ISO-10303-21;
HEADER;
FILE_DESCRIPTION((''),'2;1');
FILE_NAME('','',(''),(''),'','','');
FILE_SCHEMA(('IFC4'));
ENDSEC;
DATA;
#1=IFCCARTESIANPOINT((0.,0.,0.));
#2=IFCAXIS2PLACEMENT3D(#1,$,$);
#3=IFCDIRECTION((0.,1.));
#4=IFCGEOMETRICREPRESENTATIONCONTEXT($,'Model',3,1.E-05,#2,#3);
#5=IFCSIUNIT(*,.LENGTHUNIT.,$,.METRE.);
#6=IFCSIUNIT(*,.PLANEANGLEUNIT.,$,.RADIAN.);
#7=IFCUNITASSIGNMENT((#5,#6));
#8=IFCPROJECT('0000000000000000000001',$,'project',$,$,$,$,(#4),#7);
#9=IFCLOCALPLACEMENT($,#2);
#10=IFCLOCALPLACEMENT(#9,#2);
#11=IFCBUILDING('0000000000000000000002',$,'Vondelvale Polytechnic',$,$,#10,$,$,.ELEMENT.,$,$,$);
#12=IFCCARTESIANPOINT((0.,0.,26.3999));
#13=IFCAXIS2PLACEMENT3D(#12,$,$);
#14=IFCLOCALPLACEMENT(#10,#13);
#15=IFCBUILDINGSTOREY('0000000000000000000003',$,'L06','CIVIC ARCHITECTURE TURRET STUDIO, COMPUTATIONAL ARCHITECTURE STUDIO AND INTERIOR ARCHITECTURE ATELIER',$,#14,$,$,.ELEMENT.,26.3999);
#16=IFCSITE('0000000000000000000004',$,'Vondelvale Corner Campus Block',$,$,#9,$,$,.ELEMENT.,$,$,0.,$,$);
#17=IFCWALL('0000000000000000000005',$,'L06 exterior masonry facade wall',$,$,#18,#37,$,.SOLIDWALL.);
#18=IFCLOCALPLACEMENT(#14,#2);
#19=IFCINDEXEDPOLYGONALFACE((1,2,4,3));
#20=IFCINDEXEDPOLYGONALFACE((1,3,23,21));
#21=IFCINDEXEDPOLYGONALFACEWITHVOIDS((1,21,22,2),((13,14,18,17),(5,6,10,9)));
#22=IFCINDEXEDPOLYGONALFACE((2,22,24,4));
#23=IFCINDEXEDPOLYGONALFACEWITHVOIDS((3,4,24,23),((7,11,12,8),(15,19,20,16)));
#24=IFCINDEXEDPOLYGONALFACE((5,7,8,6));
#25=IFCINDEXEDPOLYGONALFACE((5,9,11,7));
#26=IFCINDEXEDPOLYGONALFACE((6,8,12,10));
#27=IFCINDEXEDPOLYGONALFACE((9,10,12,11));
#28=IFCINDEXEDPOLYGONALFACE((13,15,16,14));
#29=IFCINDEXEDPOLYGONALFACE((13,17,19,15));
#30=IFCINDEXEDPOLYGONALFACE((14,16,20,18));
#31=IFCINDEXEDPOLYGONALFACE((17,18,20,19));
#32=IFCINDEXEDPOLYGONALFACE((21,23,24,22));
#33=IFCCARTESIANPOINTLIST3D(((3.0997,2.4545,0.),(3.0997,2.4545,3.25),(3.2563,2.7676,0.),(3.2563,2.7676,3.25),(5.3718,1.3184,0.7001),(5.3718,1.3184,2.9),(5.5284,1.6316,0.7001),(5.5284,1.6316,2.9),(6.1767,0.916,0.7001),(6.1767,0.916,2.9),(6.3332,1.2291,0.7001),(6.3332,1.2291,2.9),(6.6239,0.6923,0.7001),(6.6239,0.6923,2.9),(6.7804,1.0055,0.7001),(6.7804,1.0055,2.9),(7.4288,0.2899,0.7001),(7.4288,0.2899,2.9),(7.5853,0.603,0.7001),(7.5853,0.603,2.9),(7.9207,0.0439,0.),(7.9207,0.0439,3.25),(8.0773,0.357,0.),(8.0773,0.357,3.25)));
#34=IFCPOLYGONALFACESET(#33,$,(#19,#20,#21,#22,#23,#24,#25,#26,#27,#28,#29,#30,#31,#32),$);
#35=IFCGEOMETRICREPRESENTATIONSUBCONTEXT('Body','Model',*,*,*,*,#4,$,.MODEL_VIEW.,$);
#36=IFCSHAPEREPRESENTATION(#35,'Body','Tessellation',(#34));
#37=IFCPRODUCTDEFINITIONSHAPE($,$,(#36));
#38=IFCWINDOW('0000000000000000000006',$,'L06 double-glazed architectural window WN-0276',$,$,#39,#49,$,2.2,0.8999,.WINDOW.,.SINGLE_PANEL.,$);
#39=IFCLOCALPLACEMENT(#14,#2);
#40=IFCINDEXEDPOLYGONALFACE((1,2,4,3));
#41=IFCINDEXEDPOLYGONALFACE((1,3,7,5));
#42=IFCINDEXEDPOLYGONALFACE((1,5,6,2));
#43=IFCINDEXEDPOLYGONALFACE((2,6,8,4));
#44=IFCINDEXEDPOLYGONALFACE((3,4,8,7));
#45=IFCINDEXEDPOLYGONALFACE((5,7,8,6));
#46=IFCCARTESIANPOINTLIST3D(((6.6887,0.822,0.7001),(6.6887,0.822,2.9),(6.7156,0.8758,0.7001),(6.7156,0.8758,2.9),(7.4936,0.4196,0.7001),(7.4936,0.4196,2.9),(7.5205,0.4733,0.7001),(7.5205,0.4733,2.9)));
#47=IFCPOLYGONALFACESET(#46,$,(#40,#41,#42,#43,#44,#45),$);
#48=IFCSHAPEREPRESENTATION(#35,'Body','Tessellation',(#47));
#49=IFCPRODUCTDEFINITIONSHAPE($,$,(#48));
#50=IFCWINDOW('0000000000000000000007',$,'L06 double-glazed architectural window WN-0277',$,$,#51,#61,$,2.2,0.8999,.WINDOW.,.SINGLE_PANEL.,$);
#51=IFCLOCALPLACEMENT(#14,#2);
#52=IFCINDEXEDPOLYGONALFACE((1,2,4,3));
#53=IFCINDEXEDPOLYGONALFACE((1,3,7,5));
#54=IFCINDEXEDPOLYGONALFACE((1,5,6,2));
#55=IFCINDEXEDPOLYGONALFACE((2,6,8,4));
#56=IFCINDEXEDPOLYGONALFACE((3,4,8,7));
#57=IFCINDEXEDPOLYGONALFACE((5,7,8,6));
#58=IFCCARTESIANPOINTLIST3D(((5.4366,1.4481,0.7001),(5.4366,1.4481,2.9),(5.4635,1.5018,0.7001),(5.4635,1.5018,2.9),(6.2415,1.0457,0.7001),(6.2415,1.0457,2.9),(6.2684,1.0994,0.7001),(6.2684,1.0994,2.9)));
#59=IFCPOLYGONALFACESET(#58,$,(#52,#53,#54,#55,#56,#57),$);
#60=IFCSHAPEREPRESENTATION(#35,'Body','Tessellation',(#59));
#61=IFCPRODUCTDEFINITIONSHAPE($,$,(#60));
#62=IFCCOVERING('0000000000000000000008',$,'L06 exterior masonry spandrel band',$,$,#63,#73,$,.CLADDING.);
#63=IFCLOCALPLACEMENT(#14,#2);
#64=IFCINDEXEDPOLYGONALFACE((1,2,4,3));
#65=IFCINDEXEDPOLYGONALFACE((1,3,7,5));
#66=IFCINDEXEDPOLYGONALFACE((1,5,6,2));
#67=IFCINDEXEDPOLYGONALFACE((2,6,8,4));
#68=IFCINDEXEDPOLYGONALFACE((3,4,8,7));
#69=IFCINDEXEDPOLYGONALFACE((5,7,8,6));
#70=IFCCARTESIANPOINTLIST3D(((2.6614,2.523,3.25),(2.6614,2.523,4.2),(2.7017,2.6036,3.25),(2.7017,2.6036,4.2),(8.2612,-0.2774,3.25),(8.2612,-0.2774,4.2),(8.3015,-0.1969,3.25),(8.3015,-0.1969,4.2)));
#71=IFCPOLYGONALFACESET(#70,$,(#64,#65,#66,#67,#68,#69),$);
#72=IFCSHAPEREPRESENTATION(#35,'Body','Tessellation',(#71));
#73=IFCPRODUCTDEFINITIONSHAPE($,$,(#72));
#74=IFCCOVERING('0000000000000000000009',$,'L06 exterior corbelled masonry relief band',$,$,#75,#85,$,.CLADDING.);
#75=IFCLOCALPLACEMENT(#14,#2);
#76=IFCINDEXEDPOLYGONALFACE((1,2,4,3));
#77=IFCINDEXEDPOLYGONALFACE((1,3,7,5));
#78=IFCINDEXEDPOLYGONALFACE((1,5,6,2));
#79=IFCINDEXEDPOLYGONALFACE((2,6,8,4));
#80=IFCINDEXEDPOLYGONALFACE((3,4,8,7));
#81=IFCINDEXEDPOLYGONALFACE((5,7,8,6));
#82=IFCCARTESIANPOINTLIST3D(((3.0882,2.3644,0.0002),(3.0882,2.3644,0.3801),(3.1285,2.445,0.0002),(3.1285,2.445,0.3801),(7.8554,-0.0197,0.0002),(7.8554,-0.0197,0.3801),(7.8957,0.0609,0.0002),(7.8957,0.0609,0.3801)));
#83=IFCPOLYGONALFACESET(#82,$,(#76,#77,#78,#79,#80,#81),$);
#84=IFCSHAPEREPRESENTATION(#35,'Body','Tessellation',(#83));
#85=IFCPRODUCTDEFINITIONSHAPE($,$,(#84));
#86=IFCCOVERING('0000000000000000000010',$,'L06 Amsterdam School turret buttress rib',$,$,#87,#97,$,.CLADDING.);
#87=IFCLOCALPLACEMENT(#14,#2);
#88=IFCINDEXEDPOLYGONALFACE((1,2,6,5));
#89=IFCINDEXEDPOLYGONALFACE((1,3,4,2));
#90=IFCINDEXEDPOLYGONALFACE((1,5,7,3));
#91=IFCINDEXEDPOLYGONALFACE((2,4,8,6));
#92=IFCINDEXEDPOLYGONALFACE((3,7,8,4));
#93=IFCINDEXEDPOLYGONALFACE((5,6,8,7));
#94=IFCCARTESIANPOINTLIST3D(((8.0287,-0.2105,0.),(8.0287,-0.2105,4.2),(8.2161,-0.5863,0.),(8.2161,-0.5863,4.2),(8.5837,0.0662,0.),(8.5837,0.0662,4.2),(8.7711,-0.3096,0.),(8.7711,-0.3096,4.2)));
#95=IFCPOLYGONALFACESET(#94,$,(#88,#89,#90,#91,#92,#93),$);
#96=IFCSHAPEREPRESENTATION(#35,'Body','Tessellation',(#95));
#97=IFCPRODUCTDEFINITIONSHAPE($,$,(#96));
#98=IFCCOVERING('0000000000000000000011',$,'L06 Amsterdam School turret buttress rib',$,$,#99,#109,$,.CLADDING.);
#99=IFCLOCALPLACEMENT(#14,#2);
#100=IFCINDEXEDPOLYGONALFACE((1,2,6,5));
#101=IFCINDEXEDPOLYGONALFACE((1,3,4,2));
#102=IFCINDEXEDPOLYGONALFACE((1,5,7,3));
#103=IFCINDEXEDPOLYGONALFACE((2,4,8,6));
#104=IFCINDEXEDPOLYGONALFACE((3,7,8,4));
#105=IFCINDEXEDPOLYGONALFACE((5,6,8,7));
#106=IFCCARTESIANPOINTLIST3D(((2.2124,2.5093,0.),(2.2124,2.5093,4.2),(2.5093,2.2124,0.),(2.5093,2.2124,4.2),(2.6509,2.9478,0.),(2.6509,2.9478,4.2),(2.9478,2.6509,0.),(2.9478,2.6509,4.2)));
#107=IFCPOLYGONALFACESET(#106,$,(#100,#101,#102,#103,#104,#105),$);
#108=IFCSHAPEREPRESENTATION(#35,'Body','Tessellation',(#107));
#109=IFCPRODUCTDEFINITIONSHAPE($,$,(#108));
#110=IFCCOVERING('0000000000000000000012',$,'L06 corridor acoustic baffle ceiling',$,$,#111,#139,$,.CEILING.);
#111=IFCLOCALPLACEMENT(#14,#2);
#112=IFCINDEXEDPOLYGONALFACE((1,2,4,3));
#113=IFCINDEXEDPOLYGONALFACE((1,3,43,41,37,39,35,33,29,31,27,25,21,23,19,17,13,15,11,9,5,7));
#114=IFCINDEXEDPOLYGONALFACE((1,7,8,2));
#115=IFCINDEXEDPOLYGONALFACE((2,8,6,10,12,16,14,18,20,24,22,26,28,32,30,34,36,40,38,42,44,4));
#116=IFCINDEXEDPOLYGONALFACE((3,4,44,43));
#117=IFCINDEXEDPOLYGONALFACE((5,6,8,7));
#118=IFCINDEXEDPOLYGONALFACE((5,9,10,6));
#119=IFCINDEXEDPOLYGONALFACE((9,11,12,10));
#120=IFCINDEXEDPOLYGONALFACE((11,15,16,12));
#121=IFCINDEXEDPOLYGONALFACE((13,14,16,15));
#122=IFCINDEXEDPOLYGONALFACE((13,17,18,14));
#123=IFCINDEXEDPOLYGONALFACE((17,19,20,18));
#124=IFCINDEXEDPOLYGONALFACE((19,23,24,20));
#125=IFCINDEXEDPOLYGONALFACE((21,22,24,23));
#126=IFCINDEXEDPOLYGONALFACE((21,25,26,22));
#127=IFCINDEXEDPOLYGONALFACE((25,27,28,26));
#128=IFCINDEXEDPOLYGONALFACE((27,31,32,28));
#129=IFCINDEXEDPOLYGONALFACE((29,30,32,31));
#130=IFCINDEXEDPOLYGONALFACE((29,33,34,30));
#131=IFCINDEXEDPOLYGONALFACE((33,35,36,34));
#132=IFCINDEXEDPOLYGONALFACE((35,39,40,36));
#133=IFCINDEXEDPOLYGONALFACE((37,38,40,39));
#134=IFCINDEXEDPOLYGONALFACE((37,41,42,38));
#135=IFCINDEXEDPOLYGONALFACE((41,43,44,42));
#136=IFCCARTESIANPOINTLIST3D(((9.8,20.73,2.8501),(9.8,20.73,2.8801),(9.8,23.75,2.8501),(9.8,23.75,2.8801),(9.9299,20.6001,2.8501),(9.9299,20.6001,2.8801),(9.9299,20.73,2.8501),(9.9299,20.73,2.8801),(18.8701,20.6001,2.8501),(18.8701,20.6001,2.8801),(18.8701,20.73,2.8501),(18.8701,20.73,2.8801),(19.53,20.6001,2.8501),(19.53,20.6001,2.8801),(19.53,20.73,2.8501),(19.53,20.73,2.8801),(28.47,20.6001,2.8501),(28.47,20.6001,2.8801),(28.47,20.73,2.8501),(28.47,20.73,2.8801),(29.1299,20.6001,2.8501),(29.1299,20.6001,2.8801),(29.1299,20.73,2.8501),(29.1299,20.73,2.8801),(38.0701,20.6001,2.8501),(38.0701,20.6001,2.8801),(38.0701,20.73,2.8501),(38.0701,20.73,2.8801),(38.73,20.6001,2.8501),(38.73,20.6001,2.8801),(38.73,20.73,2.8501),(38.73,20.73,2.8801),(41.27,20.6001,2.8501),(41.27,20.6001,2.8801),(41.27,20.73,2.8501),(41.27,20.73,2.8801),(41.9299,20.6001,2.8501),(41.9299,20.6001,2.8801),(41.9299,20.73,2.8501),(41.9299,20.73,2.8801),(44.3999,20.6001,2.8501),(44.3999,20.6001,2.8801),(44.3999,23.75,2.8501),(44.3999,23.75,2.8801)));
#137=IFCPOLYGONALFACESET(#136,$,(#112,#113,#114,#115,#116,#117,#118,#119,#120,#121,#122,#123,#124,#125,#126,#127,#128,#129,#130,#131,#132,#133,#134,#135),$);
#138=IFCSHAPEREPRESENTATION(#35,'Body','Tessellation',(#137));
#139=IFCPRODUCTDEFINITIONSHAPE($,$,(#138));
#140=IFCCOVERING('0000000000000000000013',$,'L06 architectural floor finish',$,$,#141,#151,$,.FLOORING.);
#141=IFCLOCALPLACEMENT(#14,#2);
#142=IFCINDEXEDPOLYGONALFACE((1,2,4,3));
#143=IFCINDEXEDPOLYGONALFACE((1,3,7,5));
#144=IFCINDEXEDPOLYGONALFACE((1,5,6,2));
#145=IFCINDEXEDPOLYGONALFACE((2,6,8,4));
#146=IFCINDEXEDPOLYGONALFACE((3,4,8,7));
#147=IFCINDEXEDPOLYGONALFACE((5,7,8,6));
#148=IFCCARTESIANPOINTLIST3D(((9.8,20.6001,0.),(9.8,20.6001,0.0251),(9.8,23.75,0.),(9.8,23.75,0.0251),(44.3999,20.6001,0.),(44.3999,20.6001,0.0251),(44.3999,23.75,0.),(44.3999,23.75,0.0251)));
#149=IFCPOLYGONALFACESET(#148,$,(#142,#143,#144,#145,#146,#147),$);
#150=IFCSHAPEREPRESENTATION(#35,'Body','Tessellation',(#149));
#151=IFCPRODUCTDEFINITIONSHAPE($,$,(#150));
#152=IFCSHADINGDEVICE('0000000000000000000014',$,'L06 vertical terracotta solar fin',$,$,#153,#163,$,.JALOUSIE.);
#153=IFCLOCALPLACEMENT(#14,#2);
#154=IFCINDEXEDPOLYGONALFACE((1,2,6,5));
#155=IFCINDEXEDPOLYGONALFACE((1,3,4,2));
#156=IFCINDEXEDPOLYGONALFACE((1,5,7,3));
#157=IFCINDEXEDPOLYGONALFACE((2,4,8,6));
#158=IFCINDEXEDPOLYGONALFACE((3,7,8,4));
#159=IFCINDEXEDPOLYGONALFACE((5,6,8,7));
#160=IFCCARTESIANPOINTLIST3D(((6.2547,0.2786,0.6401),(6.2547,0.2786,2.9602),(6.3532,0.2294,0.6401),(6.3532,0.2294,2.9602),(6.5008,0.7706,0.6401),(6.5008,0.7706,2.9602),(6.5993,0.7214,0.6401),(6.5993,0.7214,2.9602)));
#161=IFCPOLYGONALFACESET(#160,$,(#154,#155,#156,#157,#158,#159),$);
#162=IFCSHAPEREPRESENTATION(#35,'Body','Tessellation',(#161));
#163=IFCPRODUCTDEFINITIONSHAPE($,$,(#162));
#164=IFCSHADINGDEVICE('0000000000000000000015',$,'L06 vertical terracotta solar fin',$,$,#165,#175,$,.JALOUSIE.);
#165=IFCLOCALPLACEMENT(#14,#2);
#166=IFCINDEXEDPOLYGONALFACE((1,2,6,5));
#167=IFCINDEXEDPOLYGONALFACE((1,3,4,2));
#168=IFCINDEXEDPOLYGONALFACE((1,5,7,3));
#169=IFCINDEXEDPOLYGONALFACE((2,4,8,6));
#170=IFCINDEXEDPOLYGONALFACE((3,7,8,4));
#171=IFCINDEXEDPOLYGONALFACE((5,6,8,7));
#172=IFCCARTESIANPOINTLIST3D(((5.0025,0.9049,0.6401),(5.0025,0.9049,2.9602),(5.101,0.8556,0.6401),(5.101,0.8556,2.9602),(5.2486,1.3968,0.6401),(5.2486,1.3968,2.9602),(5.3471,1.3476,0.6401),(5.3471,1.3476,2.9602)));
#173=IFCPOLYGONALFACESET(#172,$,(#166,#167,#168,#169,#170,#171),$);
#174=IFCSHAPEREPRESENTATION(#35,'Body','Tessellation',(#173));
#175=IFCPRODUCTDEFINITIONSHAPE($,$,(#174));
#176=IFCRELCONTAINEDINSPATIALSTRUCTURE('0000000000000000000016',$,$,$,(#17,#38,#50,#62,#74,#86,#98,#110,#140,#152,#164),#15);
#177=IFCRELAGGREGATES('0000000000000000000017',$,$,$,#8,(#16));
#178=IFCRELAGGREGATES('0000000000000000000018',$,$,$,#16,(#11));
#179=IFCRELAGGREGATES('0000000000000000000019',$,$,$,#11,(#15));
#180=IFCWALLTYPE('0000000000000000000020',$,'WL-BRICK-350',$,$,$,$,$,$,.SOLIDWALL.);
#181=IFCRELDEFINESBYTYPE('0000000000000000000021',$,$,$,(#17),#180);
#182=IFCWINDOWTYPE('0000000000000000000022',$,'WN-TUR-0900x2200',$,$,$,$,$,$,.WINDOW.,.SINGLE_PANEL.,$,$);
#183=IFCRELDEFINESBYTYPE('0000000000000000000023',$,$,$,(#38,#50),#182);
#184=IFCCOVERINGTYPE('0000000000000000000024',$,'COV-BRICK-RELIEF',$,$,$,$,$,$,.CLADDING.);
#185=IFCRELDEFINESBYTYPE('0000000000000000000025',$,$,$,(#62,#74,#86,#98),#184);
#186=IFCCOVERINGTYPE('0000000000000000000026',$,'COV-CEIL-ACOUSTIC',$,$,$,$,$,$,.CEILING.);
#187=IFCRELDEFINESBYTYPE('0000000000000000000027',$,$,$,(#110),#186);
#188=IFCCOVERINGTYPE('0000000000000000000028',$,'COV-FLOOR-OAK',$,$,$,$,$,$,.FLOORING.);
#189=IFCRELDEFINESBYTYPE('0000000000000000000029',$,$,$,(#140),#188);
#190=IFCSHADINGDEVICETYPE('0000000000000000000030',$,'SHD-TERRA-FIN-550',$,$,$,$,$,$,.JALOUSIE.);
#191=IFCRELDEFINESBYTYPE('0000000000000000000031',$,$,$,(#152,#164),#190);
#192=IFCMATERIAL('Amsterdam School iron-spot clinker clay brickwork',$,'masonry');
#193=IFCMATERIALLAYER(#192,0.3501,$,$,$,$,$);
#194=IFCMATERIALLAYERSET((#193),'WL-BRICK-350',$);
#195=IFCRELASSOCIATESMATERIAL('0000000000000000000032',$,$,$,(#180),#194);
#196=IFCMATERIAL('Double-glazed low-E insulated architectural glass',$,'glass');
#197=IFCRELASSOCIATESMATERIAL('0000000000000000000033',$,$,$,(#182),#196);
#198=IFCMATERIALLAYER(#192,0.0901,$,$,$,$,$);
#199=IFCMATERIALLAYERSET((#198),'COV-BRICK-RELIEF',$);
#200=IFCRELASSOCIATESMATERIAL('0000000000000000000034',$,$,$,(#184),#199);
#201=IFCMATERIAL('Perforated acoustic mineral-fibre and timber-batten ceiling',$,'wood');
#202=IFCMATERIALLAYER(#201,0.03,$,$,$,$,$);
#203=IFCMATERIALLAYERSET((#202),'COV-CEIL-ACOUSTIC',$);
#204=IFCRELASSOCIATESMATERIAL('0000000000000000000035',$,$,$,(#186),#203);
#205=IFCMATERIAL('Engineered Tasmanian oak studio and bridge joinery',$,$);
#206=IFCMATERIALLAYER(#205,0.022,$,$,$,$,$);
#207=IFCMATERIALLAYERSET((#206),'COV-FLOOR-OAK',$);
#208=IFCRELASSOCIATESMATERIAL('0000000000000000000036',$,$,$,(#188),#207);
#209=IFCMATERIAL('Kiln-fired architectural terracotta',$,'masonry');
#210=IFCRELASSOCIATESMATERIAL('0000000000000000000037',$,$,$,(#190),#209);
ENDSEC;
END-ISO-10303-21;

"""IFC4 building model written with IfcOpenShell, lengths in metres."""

from ifc_helpers import new_model, si_unit, direction, frame, frame_2d, origin, origin_2d, place, context, subcontext, project, spatial, polyline, rectangle, outline, extrude, material, layer, layer_set, type_object, element, fill, save


model = new_model("IFC4")

# Units and contexts
model_context = context("Model", 3, precision=1e-05, world=origin(), true_north=direction((0.0, 1.0)))
body_context = subcontext(model_context, "Body", "Model", "MODEL_VIEW")
ifc_project = project(units=[si_unit("LENGTHUNIT", "METRE"), si_unit("PLANEANGLEUNIT", "RADIAN")], contexts=[model_context])

# Site, building, storey
site_placement = place(None, origin())
site = spatial("IfcSite", under=ifc_project, at=site_placement, Name="Vondelvale Corner Campus Block", CompositionType="ELEMENT", RefElevation=0.0)
building_placement = place(site_placement, origin())
building = spatial("IfcBuilding", under=site, at=building_placement, Name="Vondelvale Polytechnic", CompositionType="ELEMENT")
storey_placement = place(building_placement, frame((0.0, 0.0, 26.3999)))
storey = spatial("IfcBuildingStorey", under=building, at=storey_placement, Name="L06", Description="CIVIC ARCHITECTURE TURRET STUDIO, COMPUTATIONAL ARCHITECTURE STUDIO AND INTERIOR ARCHITECTURE ATELIER", CompositionType="ELEMENT", Elevation=26.3999)

# Wall, openings, windows
ifc_material_1 = material(Name="Amsterdam School iron-spot clinker clay brickwork", Category="masonry")
ifc_layer_1 = layer(ifc_material_1, 0.3501)
ifc_layer_set_1 = layer_set([ifc_layer_1], Name="WL-BRICK-350")
wall_type = type_object("IfcWallType", Name="WL-BRICK-350", PredefinedType="SOLIDWALL", material=ifc_layer_set_1)
wall_placement = place(storey_placement, frame((7.999, 0.2004, 0.0), z_axis=(0.0, 0.0, 1.0), x_axis=(-0.894418, 0.447232, 0.0)))
wall = element("IfcWall", 1, at=wall_placement, inside=storey, type_object=wall_type, Name="L06 exterior masonry facade wall", PredefinedType="SOLIDWALL", context=body_context, shape_type="SweptSolid", body=[
    extrude(rectangle(XDim=5.3901, YDim=0.3501, at=frame_2d((2.6951, 0.0))), origin(), (0.0, 0.0, 1.0), 3.25),
])
opening_1_placement = place(wall_placement, frame((0.55, 0.0, 0.7)))
opening_1 = element("IfcOpeningElement", 2, at=opening_1_placement, cuts=wall, PredefinedType="OPENING", context=body_context, shape_type="SweptSolid", body=[
    extrude(rectangle(XDim=0.8999, YDim=2.2, at=frame_2d((0.45, 1.1001))), frame((0.0, 0.1851, 0.0), z_axis=(0.0, -1.0, 0.0), x_axis=(1.0, 0.0, 0.0)), (0.0, 0.0, 1.0), 0.3701),
])
opening_2_placement = place(wall_placement, frame((1.95, 0.0, 0.7)))
opening_2 = element("IfcOpeningElement", 3, at=opening_2_placement, cuts=wall, PredefinedType="OPENING", context=body_context, shape_type="SweptSolid", body=[
    extrude(rectangle(XDim=0.8999, YDim=2.2, at=frame_2d((0.45, 1.1001))), frame((0.0, 0.1851, 0.0), z_axis=(0.0, -1.0, 0.0), x_axis=(1.0, 0.0, 0.0)), (0.0, 0.0, 1.0), 0.3701),
])
ifc_material_2 = material(Name="Double-glazed low-E insulated architectural glass", Category="glass")
window_type = type_object("IfcWindowType", Name="WN-TUR-0900x2200", PartitioningType="SINGLE_PANEL", PredefinedType="WINDOW", material=ifc_material_2)
window_1_placement = place(opening_1_placement, origin())
window_1 = element("IfcWindow", 4, at=window_1_placement, inside=storey, type_object=window_type, Name="L06 double-glazed architectural window WN-0276", OverallHeight=2.2, OverallWidth=0.8999, PartitioningType="SINGLE_PANEL", PredefinedType="WINDOW", context=body_context, shape_type="SweptSolid", body=[
    extrude(rectangle(XDim=0.8999, YDim=2.2, at=frame_2d((0.45, 1.1001))), frame((0.0, 0.03, 0.0), z_axis=(0.0, -1.0, 0.0), x_axis=(1.0, 0.0, 0.0)), (0.0, 0.0, 1.0), 0.0601),
])
fill(opening_1, window_1)
window_2_placement = place(opening_2_placement, origin())
window_2 = element("IfcWindow", 5, at=window_2_placement, inside=storey, type_object=window_type, Name="L06 double-glazed architectural window WN-0277", OverallHeight=2.2, OverallWidth=0.8999, PartitioningType="SINGLE_PANEL", PredefinedType="WINDOW", context=body_context, shape_type="SweptSolid", body=[
    extrude(rectangle(XDim=0.8999, YDim=2.2, at=frame_2d((0.45, 1.1001))), frame((0.0, 0.03, 0.0), z_axis=(0.0, -1.0, 0.0), x_axis=(1.0, 0.0, 0.0)), (0.0, 0.0, 1.0), 0.0601),
])
fill(opening_2, window_2)

# Coverings
ifc_layer_2 = layer(ifc_material_1, 0.0901)
ifc_layer_set_2 = layer_set([ifc_layer_2], Name="COV-BRICK-RELIEF")
covering_type_1 = type_object("IfcCoveringType", Name="COV-BRICK-RELIEF", PredefinedType="CLADDING", material=ifc_layer_set_2)
covering_1_placement = place(storey_placement, frame((5.4814, 1.1631, 3.25), z_axis=(0.0, 0.0, 1.0), x_axis=(-0.894389, 0.447291, 0.0)))
element("IfcCovering", 6, at=covering_1_placement, inside=storey, type_object=covering_type_1, Name="L06 exterior masonry spandrel band", PredefinedType="CLADDING", context=body_context, shape_type="SweptSolid", body=[
    extrude(rectangle(XDim=6.261, YDim=0.0901, at=origin_2d()), origin(), (0.0, 0.0, 1.0), 0.95),
])
covering_2_placement = place(storey_placement, frame((5.4919, 1.2126, 0.0002), z_axis=(0.0, 0.0, 1.0), x_axis=(-0.894389, 0.447291, 0.0)))
element("IfcCovering", 7, at=covering_2_placement, inside=storey, type_object=covering_type_1, Name="L06 exterior corbelled masonry relief band", PredefinedType="CLADDING", context=body_context, shape_type="SweptSolid", body=[
    extrude(rectangle(XDim=5.3301, YDim=0.0901, at=origin_2d()), origin(), (0.0, 0.0, 1.0), 0.3799),
])
for number, where, z_axis, x_axis, name in (
    (8, (8.3999, -0.26, 0.0), (0.0, 0.0, 1.0), (0.894934, 0.446198, 0.0), "L06 Amsterdam School turret buttress rib"),
    (9, (2.5801, 2.5801, 0.0), (0.0, 0.0, 1.0), (0.707107, 0.707107, 0.0), "L06 Amsterdam School turret buttress rib"),
):
    element("IfcCovering", number, at=place(storey_placement, frame(where, z_axis=z_axis, x_axis=x_axis)), inside=storey, type_object=covering_type_1, Name=name, PredefinedType="CLADDING", context=body_context, shape_type="SweptSolid", body=[
        extrude(rectangle(XDim=0.6201, YDim=0.4199, at=origin_2d()), origin(), (0.0, 0.0, 1.0), 4.2),
    ])
ifc_material_3 = material(Name="Perforated acoustic mineral-fibre and timber-batten ceiling", Category="wood")
ifc_layer_3 = layer(ifc_material_3, 0.03)
ifc_layer_set_3 = layer_set([ifc_layer_3], Name="COV-CEIL-ACOUSTIC")
covering_type_2 = type_object("IfcCoveringType", Name="COV-CEIL-ACOUSTIC", PredefinedType="CEILING", material=ifc_layer_set_3)
covering_3_placement = place(storey_placement, frame((0.0, 0.0, 2.8501)))
element("IfcCovering", 10, at=covering_3_placement, inside=storey, type_object=covering_type_2, Name="L06 corridor acoustic baffle ceiling", PredefinedType="CEILING", context=body_context, shape_type="SweptSolid", body=[
    extrude(outline(polyline([(9.9299, 20.6001), (9.9299, 20.73), (9.8, 20.73), (9.8, 23.75), (44.3999, 23.75), (44.3999, 20.6001), (41.9299, 20.6001), (41.9299, 20.73), (41.27, 20.73), (41.27, 20.6001), (38.73, 20.6001), (38.73, 20.73), (38.0701, 20.73), (38.0701, 20.6001), (29.1299, 20.6001), (29.1299, 20.73), (28.47, 20.73), (28.47, 20.6001), (19.53, 20.6001), (19.53, 20.73), (18.8701, 20.73), (18.8701, 20.6001), (9.9299, 20.6001)])), origin(), (0.0, 0.0, 1.0), 0.03),
])
ifc_material_4 = material(Name="Engineered Tasmanian oak studio and bridge joinery")
ifc_layer_4 = layer(ifc_material_4, 0.022)
ifc_layer_set_4 = layer_set([ifc_layer_4], Name="COV-FLOOR-OAK")
covering_type_3 = type_object("IfcCoveringType", Name="COV-FLOOR-OAK", PredefinedType="FLOORING", material=ifc_layer_set_4)
covering_4_placement = place(storey_placement, origin())
element("IfcCovering", 11, at=covering_4_placement, inside=storey, type_object=covering_type_3, Name="L06 architectural floor finish", PredefinedType="FLOORING", context=body_context, shape_type="SweptSolid", body=[
    extrude(outline(polyline([(9.8, 20.6001), (44.3999, 20.6001), (44.3999, 23.75), (9.8, 23.75), (9.8, 20.6001)])), origin(), (0.0, 0.0, 1.0), 0.0251),
])

# Shading devices
ifc_material_5 = material(Name="Kiln-fired architectural terracotta", Category="masonry")
shading_device_type = type_object("IfcShadingDeviceType", Name="SHD-TERRA-FIN-550", PredefinedType="JALOUSIE", material=ifc_material_5)
for number, where, z_axis, x_axis, name in (
    (12, (6.427, 0.5, 0.6401), (0.0, 0.0, 1.0), (-0.894389, 0.447291, 0.0), "L06 vertical terracotta solar fin"),
    (13, (5.1748, 1.1262, 0.6401), (0.0, 0.0, 1.0), (-0.894389, 0.447291, 0.0), "L06 vertical terracotta solar fin"),
):
    element("IfcShadingDevice", number, at=place(storey_placement, frame(where, z_axis=z_axis, x_axis=x_axis)), inside=storey, type_object=shading_device_type, Name=name, PredefinedType="JALOUSIE", context=body_context, shape_type="SweptSolid", body=[
        extrude(rectangle(XDim=0.1101, YDim=0.55, at=origin_2d()), origin(), (0.0, 0.0, 1.0), 2.3201),
    ])

save(model, "model.ifc")
